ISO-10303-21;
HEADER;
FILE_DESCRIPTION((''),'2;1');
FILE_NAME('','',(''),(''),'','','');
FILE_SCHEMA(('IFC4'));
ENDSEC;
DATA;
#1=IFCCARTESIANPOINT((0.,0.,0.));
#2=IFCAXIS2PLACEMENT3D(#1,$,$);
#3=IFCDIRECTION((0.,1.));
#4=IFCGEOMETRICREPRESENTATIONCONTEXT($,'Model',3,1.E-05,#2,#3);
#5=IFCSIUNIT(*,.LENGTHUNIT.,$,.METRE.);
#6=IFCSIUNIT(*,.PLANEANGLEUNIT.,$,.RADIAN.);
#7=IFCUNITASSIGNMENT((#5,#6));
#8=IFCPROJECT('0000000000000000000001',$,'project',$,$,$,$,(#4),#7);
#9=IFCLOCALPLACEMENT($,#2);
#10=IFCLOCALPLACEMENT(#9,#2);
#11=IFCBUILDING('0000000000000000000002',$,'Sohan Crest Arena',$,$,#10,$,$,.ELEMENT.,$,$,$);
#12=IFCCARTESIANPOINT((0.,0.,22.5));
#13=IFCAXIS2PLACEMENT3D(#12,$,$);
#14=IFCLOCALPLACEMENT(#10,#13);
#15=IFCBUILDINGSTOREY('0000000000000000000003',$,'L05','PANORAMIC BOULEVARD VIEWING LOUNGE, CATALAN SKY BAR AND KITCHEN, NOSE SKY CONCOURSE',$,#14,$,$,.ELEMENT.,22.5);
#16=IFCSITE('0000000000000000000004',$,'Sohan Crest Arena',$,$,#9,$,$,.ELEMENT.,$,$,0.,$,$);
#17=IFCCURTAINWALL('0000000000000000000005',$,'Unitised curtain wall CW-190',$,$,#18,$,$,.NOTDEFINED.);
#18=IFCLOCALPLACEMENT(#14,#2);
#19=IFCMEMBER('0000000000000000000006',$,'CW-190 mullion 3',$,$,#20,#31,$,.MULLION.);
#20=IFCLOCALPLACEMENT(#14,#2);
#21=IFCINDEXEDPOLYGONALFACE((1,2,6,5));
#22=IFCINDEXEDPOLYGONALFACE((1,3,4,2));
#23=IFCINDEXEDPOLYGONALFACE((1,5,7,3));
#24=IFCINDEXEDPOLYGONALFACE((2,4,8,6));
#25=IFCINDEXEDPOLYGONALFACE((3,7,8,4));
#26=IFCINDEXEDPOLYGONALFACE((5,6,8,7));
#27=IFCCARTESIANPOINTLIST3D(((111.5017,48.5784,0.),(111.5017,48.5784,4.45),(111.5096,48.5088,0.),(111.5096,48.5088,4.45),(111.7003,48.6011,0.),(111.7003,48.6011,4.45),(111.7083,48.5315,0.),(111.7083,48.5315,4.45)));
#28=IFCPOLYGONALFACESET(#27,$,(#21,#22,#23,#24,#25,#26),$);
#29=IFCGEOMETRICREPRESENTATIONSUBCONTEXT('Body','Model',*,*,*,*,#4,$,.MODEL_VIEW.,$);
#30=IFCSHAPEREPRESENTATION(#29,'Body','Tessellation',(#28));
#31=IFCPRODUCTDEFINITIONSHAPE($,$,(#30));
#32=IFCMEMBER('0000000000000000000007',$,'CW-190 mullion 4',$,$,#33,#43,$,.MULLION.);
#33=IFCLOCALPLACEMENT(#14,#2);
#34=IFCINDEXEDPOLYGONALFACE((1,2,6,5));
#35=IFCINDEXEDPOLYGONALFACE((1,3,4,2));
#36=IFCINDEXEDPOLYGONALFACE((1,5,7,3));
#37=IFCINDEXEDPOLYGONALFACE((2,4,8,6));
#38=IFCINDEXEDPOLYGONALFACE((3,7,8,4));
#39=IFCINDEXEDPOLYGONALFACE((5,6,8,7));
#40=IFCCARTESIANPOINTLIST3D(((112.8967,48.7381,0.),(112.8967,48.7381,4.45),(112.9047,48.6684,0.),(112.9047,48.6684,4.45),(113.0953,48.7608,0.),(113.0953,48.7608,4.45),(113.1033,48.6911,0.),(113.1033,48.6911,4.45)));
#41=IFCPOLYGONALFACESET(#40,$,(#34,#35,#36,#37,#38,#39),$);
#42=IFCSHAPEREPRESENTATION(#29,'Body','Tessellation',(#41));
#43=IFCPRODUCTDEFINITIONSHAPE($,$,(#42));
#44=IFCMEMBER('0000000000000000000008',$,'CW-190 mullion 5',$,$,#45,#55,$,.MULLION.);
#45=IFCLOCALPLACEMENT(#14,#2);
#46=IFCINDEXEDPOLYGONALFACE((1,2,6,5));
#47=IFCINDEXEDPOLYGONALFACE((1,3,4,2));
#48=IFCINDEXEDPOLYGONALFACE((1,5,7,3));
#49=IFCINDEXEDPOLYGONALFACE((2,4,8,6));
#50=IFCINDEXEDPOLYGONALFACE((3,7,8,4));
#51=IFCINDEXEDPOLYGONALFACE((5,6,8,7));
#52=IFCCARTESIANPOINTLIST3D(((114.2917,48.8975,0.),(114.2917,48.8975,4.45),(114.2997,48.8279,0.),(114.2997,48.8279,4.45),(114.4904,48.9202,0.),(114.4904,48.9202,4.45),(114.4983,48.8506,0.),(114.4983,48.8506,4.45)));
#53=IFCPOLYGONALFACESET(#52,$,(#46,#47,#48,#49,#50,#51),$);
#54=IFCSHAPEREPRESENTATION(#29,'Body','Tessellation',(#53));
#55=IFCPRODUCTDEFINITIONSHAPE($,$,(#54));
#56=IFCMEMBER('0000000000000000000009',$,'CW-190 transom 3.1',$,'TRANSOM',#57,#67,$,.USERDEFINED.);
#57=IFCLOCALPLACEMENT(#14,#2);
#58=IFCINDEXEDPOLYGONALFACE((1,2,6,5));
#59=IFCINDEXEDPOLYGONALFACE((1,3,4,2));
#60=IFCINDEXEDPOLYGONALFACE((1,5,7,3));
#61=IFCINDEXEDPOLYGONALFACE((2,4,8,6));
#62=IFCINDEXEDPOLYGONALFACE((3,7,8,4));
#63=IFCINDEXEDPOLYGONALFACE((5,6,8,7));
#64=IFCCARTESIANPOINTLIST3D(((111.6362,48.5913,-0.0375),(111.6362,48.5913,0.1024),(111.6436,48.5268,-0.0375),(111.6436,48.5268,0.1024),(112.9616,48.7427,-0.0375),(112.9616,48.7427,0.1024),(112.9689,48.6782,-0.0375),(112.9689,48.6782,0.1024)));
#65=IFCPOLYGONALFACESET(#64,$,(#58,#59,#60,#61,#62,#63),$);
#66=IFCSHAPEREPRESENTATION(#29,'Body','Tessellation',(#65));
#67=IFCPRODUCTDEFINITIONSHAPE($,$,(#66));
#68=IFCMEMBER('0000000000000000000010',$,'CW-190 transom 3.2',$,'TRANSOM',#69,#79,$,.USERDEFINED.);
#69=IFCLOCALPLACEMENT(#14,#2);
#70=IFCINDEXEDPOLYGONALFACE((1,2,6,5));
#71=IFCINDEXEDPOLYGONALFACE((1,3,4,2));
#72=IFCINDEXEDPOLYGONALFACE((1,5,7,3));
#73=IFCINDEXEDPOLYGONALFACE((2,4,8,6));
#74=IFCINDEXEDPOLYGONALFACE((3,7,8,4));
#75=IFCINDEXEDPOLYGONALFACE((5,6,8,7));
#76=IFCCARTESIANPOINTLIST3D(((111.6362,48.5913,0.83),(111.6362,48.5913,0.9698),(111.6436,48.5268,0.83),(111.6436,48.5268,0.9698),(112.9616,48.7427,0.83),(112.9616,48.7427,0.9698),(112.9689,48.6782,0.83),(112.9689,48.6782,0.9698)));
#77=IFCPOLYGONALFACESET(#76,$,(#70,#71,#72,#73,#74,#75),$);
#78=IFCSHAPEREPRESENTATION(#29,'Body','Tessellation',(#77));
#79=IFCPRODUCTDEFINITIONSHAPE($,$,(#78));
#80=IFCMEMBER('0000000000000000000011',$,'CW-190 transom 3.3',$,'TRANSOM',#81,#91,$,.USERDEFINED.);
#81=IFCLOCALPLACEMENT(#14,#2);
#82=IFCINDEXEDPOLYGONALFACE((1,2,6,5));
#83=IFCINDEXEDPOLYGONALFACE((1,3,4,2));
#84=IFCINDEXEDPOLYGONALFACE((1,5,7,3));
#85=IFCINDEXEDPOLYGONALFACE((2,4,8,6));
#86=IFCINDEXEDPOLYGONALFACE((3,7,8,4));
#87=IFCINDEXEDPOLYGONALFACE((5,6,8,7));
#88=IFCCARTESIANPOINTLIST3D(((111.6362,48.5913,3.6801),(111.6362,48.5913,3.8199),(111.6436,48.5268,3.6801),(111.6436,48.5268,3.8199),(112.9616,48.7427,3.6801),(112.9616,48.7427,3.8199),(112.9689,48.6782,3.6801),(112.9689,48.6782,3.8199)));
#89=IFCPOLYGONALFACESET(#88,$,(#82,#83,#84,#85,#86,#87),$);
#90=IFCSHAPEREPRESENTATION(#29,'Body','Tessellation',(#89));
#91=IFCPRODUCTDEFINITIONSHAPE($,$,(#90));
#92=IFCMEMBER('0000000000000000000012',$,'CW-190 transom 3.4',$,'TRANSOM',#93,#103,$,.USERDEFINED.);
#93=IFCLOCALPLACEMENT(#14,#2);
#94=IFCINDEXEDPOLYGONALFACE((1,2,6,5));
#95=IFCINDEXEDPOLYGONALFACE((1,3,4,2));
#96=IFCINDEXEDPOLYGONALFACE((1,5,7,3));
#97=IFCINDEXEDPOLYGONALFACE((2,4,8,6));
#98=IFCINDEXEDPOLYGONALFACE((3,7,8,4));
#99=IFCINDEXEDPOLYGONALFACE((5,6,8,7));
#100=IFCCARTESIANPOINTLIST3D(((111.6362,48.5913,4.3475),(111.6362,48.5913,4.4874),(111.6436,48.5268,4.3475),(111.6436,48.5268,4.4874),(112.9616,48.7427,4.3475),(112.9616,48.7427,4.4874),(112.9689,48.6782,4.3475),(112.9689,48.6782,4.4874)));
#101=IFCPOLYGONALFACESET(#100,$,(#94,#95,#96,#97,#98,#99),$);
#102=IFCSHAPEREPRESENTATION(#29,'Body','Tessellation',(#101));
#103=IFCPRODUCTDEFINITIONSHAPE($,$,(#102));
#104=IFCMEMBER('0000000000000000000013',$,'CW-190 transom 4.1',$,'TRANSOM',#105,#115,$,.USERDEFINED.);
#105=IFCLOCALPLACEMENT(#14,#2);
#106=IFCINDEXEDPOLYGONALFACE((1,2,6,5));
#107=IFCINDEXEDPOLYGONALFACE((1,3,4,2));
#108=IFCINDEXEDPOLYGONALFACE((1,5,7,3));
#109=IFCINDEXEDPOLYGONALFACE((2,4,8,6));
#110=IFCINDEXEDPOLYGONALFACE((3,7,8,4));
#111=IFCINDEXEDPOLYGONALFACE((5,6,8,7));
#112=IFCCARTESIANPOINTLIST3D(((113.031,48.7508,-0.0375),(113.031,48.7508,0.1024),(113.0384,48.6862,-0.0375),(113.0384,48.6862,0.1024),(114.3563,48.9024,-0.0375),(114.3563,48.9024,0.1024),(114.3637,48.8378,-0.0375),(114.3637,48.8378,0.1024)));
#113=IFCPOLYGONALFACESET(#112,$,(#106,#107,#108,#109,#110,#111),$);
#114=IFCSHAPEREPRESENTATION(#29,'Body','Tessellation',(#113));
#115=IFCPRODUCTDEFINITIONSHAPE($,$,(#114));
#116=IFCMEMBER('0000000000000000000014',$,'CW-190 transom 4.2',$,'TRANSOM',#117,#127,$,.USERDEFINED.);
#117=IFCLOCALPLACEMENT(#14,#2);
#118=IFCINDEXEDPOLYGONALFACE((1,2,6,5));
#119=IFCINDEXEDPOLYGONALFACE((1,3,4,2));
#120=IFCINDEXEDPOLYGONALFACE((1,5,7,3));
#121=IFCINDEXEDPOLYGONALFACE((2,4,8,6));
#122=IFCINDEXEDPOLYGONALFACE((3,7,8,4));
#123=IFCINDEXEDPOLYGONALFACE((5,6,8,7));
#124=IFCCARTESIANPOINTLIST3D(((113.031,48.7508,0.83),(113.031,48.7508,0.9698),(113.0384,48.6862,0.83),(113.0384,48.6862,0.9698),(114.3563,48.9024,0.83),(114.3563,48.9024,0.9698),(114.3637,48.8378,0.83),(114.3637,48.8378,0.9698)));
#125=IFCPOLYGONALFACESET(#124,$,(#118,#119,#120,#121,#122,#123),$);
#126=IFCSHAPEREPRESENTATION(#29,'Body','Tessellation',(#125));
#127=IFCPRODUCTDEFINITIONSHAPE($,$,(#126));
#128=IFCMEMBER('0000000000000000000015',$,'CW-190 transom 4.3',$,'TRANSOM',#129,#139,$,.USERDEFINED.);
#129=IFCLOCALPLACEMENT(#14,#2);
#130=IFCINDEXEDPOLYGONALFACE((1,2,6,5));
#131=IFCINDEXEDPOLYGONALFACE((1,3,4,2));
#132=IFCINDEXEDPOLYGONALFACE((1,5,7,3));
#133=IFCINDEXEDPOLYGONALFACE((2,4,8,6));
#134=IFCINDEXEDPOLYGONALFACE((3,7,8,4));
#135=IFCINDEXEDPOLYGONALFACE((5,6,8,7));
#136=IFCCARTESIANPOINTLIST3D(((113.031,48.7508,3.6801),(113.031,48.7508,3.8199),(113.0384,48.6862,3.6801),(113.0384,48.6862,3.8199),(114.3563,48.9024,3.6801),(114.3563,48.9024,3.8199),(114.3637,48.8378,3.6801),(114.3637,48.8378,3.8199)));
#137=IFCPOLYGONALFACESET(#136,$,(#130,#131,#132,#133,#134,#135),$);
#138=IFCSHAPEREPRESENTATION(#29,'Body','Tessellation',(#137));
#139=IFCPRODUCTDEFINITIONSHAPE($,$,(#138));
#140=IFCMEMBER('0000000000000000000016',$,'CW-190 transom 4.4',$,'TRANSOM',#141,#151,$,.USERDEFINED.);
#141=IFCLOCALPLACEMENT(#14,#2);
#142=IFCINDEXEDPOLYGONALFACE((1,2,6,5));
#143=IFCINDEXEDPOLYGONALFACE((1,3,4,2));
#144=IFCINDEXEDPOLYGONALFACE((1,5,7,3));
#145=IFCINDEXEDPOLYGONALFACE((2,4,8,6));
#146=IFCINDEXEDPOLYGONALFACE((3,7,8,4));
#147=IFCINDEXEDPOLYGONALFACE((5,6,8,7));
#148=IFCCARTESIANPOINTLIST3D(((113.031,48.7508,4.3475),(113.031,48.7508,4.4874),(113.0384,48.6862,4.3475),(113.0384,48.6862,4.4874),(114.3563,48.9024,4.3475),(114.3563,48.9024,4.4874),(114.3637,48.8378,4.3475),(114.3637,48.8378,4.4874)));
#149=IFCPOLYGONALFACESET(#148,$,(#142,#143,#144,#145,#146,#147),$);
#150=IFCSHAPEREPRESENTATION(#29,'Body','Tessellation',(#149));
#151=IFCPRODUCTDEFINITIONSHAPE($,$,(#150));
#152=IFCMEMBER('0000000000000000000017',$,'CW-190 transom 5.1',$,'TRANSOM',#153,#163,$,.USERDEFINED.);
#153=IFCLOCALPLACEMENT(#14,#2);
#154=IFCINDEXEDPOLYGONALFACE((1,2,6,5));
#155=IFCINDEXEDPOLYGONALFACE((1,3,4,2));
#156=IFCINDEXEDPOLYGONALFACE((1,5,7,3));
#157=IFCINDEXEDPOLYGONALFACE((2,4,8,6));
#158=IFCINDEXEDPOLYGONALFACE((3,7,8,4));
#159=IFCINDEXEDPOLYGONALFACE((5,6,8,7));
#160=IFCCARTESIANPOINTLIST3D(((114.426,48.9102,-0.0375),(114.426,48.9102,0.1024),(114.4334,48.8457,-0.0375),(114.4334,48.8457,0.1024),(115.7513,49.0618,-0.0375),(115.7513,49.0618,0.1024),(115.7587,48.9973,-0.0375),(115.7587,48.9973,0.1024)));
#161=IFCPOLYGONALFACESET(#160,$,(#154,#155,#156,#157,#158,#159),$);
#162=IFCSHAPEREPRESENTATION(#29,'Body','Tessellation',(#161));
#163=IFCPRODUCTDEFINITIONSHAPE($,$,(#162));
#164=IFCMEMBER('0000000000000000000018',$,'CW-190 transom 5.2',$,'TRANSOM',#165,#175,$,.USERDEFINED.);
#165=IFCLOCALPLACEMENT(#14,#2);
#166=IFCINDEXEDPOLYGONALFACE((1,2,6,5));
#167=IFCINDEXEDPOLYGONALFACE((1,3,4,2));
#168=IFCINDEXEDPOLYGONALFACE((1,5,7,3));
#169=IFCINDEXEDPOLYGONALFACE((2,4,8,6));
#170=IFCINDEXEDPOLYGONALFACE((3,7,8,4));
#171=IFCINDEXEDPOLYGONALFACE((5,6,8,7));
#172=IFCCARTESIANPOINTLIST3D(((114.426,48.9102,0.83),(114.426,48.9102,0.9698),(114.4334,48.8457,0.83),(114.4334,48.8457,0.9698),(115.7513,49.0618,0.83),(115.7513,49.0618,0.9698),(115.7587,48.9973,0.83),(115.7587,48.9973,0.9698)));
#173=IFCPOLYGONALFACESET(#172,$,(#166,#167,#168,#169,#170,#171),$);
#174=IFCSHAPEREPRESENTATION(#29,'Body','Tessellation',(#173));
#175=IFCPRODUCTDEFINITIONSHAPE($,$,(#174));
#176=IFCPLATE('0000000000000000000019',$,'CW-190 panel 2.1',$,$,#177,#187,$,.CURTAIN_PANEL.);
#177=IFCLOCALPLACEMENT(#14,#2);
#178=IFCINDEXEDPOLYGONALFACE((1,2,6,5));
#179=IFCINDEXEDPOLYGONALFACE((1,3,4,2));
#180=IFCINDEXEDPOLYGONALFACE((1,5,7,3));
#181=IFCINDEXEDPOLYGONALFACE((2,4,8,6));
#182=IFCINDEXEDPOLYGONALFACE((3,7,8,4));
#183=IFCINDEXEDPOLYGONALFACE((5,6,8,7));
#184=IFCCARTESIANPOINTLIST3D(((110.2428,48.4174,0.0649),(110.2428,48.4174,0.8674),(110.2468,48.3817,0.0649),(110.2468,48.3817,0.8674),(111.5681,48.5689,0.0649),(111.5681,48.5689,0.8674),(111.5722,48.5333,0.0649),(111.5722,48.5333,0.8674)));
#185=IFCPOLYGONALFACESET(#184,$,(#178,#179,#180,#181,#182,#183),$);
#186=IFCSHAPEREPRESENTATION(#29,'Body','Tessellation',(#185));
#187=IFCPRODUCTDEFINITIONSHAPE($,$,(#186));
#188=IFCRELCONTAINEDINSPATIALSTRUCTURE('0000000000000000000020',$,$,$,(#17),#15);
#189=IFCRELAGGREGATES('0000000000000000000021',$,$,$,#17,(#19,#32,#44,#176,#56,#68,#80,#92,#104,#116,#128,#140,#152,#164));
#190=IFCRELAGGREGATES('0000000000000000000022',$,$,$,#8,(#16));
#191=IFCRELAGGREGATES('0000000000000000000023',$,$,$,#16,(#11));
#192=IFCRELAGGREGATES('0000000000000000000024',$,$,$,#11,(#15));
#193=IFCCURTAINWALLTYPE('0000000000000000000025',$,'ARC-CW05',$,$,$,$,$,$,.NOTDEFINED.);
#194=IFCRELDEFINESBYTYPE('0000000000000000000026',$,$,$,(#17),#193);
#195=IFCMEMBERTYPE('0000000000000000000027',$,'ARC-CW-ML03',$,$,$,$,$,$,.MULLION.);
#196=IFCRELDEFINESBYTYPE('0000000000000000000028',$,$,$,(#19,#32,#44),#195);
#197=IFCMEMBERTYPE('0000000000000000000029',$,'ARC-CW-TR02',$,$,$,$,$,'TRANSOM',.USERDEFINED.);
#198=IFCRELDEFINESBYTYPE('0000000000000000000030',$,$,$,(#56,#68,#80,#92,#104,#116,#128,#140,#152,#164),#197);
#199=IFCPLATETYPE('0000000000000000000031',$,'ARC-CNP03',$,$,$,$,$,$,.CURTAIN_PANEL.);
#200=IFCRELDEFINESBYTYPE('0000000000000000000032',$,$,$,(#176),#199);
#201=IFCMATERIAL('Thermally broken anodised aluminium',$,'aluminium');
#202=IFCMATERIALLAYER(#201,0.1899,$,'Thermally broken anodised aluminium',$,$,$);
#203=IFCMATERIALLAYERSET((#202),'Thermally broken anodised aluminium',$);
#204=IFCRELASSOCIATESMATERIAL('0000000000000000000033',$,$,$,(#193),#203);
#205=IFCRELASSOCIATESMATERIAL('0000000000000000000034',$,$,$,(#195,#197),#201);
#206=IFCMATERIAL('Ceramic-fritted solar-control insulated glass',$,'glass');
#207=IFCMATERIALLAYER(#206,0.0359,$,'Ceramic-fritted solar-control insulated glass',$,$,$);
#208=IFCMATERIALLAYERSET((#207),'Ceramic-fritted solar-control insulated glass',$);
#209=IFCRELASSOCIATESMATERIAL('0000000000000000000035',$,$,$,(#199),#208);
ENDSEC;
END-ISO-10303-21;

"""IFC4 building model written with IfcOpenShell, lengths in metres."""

from ifc_helpers import new_model, si_unit, direction, frame, origin, origin_2d, place, context, subcontext, project, spatial, rectangle, extrude, material, layer, layer_set, material_profile, profile_set, type_object, element, aggregate, save


model = new_model("IFC4")

# Units and contexts
model_context = context("Model", 3, precision=1e-05, world=origin(), true_north=direction((0.0, 1.0)))
body_context = subcontext(model_context, "Body", "Model", "MODEL_VIEW")
ifc_project = project(units=[si_unit("LENGTHUNIT", "METRE"), si_unit("PLANEANGLEUNIT", "RADIAN")], contexts=[model_context])

# Site, building, storey
site_placement = place(None, origin())
site = spatial("IfcSite", under=ifc_project, at=site_placement, Name="Sohan Crest Arena", CompositionType="ELEMENT", RefElevation=0.0)
building_placement = place(site_placement, origin())
building = spatial("IfcBuilding", under=site, at=building_placement, Name="Sohan Crest Arena", CompositionType="ELEMENT")
storey_placement = place(building_placement, frame((0.0, 0.0, 22.5)))
storey = spatial("IfcBuildingStorey", under=building, at=storey_placement, Name="L05", Description="PANORAMIC BOULEVARD VIEWING LOUNGE, CATALAN SKY BAR AND KITCHEN, NOSE SKY CONCOURSE", CompositionType="ELEMENT", Elevation=22.5)

# Curtain wall, members, plate
ifc_material_1 = material(Name="Thermally broken anodised aluminium", Category="aluminium")
ifc_layer_1 = layer(ifc_material_1, 0.1899, Name="Thermally broken anodised aluminium")
ifc_layer_set_1 = layer_set([ifc_layer_1], Name="Thermally broken anodised aluminium")
curtain_wall_type = type_object("IfcCurtainWallType", Name="ARC-CW05", PredefinedType="NOTDEFINED", material=ifc_layer_set_1)
curtain_wall_placement = place(storey_placement, origin())
curtain_wall = element("IfcCurtainWall", 1, at=curtain_wall_placement, inside=storey, type_object=curtain_wall_type, Name="Unitised curtain wall CW-190", PredefinedType="NOTDEFINED")
ifc_material_profile_1 = material_profile(ifc_material_1, rectangle(XDim=0.0701, YDim=0.2, at=origin_2d()), Name="ALU-MULL 70x200")
ifc_profile_set_1 = profile_set([ifc_material_profile_1], Name="Thermally broken anodised aluminium")
member_type_1 = type_object("IfcMemberType", Name="ARC-CW-ML03", PredefinedType="MULLION", material=ifc_profile_set_1)
member_1_placement = place(storey_placement, frame((111.605, 48.5549, 0.0), z_axis=(0.0, 0.0, 1.0), x_axis=(-0.113597, 0.993527, 0.0)))
member_1 = element("IfcMember", 2, at=member_1_placement, type_object=member_type_1, Name="CW-190 mullion 3", PredefinedType="MULLION", context=body_context, shape_type="SweptSolid", body=[
    extrude(rectangle(XDim=0.0701, YDim=0.2, at=origin_2d()), origin(), (0.0, 0.0, 1.0), 4.45),
])
member_2_placement = place(storey_placement, frame((113.0, 48.7146, 0.0), z_axis=(0.0, 0.0, 1.0), x_axis=(-0.113597, 0.993527, 0.0)))
member_2 = element("IfcMember", 3, at=member_2_placement, type_object=member_type_1, Name="CW-190 mullion 4", PredefinedType="MULLION", context=body_context, shape_type="SweptSolid", body=[
    extrude(rectangle(XDim=0.0701, YDim=0.2, at=origin_2d()), origin(), (0.0, 0.0, 1.0), 4.45),
])
member_3_placement = place(storey_placement, frame((114.395, 48.874, 0.0), z_axis=(0.0, 0.0, 1.0), x_axis=(-0.113597, 0.993527, 0.0)))
member_3 = element("IfcMember", 4, at=member_3_placement, type_object=member_type_1, Name="CW-190 mullion 5", PredefinedType="MULLION", context=body_context, shape_type="SweptSolid", body=[
    extrude(rectangle(XDim=0.0701, YDim=0.2, at=origin_2d()), origin(), (0.0, 0.0, 1.0), 4.45),
])
ifc_material_profile_2 = material_profile(ifc_material_1, rectangle(XDim=0.0649, YDim=0.1399, at=origin_2d()), Name="ALU-TRAN 65x140")
ifc_profile_set_2 = profile_set([ifc_material_profile_2], Name="Thermally broken anodised aluminium")
member_type_2 = type_object("IfcMemberType", Name="ARC-CW-TR02", ElementType="TRANSOM", PredefinedType="USERDEFINED", material=ifc_profile_set_2)
member_4_placement = place(storey_placement, frame((111.6399, 48.5591, 0.0325), z_axis=(0.993542, 0.113464, 0.0), x_axis=(-0.113464, 0.993542, 0.0)))
member_4 = element("IfcMember", 5, at=member_4_placement, type_object=member_type_2, Name="CW-190 transom 3.1", ObjectType="TRANSOM", PredefinedType="USERDEFINED", context=body_context, shape_type="SweptSolid", body=[
    extrude(rectangle(XDim=0.0649, YDim=0.1399, at=origin_2d()), origin(), (0.0, 0.0, 1.0), 1.334),
])
member_5_placement = place(storey_placement, frame((111.6399, 48.5591, 0.8999), z_axis=(0.993542, 0.113464, 0.0), x_axis=(-0.113464, 0.993542, 0.0)))
member_5 = element("IfcMember", 6, at=member_5_placement, type_object=member_type_2, Name="CW-190 transom 3.2", ObjectType="TRANSOM", PredefinedType="USERDEFINED", context=body_context, shape_type="SweptSolid", body=[
    extrude(rectangle(XDim=0.0649, YDim=0.1399, at=origin_2d()), origin(), (0.0, 0.0, 1.0), 1.334),
])
member_6_placement = place(storey_placement, frame((111.6399, 48.5591, 3.75), z_axis=(0.993542, 0.113464, 0.0), x_axis=(-0.113464, 0.993542, 0.0)))
member_6 = element("IfcMember", 7, at=member_6_placement, type_object=member_type_2, Name="CW-190 transom 3.3", ObjectType="TRANSOM", PredefinedType="USERDEFINED", context=body_context, shape_type="SweptSolid", body=[
    extrude(rectangle(XDim=0.0649, YDim=0.1399, at=origin_2d()), origin(), (0.0, 0.0, 1.0), 1.334),
])
member_7_placement = place(storey_placement, frame((111.6399, 48.5591, 4.4175), z_axis=(0.993542, 0.113464, 0.0), x_axis=(-0.113464, 0.993542, 0.0)))
member_7 = element("IfcMember", 8, at=member_7_placement, type_object=member_type_2, Name="CW-190 transom 3.4", ObjectType="TRANSOM", PredefinedType="USERDEFINED", context=body_context, shape_type="SweptSolid", body=[
    extrude(rectangle(XDim=0.0649, YDim=0.1399, at=origin_2d()), origin(), (0.0, 0.0, 1.0), 1.334),
])
member_8_placement = place(storey_placement, frame((113.0347, 48.7185, 0.0325), z_axis=(0.993521, 0.113645, 0.0), x_axis=(-0.113645, 0.993521, 0.0)))
member_8 = element("IfcMember", 9, at=member_8_placement, type_object=member_type_2, Name="CW-190 transom 4.1", ObjectType="TRANSOM", PredefinedType="USERDEFINED", context=body_context, shape_type="SweptSolid", body=[
    extrude(rectangle(XDim=0.0649, YDim=0.1399, at=origin_2d()), origin(), (0.0, 0.0, 1.0), 1.334),
])
member_9_placement = place(storey_placement, frame((113.0347, 48.7185, 0.8999), z_axis=(0.993521, 0.113645, 0.0), x_axis=(-0.113645, 0.993521, 0.0)))
member_9 = element("IfcMember", 10, at=member_9_placement, type_object=member_type_2, Name="CW-190 transom 4.2", ObjectType="TRANSOM", PredefinedType="USERDEFINED", context=body_context, shape_type="SweptSolid", body=[
    extrude(rectangle(XDim=0.0649, YDim=0.1399, at=origin_2d()), origin(), (0.0, 0.0, 1.0), 1.334),
])
member_10_placement = place(storey_placement, frame((113.0347, 48.7185, 3.75), z_axis=(0.993521, 0.113645, 0.0), x_axis=(-0.113645, 0.993521, 0.0)))
member_10 = element("IfcMember", 11, at=member_10_placement, type_object=member_type_2, Name="CW-190 transom 4.3", ObjectType="TRANSOM", PredefinedType="USERDEFINED", context=body_context, shape_type="SweptSolid", body=[
    extrude(rectangle(XDim=0.0649, YDim=0.1399, at=origin_2d()), origin(), (0.0, 0.0, 1.0), 1.334),
])
member_11_placement = place(storey_placement, frame((113.0347, 48.7185, 4.4175), z_axis=(0.993521, 0.113645, 0.0), x_axis=(-0.113645, 0.993521, 0.0)))
member_11 = element("IfcMember", 12, at=member_11_placement, type_object=member_type_2, Name="CW-190 transom 4.4", ObjectType="TRANSOM", PredefinedType="USERDEFINED", context=body_context, shape_type="SweptSolid", body=[
    extrude(rectangle(XDim=0.0649, YDim=0.1399, at=origin_2d()), origin(), (0.0, 0.0, 1.0), 1.334),
])
member_12_placement = place(storey_placement, frame((114.4297, 48.8779, 0.0325), z_axis=(0.993521, 0.113645, 0.0), x_axis=(-0.113645, 0.993521, 0.0)))
member_12 = element("IfcMember", 13, at=member_12_placement, type_object=member_type_2, Name="CW-190 transom 5.1", ObjectType="TRANSOM", PredefinedType="USERDEFINED", context=body_context, shape_type="SweptSolid", body=[
    extrude(rectangle(XDim=0.0649, YDim=0.1399, at=origin_2d()), origin(), (0.0, 0.0, 1.0), 1.334),
])
member_13_placement = place(storey_placement, frame((114.4297, 48.8779, 0.8999), z_axis=(0.993521, 0.113645, 0.0), x_axis=(-0.113645, 0.993521, 0.0)))
member_13 = element("IfcMember", 14, at=member_13_placement, type_object=member_type_2, Name="CW-190 transom 5.2", ObjectType="TRANSOM", PredefinedType="USERDEFINED", context=body_context, shape_type="SweptSolid", body=[
    extrude(rectangle(XDim=0.0649, YDim=0.1399, at=origin_2d()), origin(), (0.0, 0.0, 1.0), 1.334),
])
ifc_material_2 = material(Name="Ceramic-fritted solar-control insulated glass", Category="glass")
ifc_layer_2 = layer(ifc_material_2, 0.0359, Name="Ceramic-fritted solar-control insulated glass")
ifc_layer_set_2 = layer_set([ifc_layer_2], Name="Ceramic-fritted solar-control insulated glass")
plate_type = type_object("IfcPlateType", Name="ARC-CNP03", PredefinedType="CURTAIN_PANEL", material=ifc_layer_set_2)
plate_1_placement = place(storey_placement, frame((110.9075, 48.4753, 0.0649), z_axis=(0.0, 0.0, 1.0), x_axis=(0.993527, 0.113597, 0.0)))
plate_1 = element("IfcPlate", 15, at=plate_1_placement, type_object=plate_type, Name="CW-190 panel 2.1", PredefinedType="CURTAIN_PANEL", context=body_context, shape_type="SweptSolid", body=[
    extrude(rectangle(XDim=1.334, YDim=0.0359, at=origin_2d()), origin(), (0.0, 0.0, 1.0), 0.8025),
])
aggregate(curtain_wall, [member_1, member_2, member_3, plate_1, member_4, member_5, member_6, member_7, member_8, member_9, member_10, member_11, member_12, member_13])

save(model, "model.ifc")
